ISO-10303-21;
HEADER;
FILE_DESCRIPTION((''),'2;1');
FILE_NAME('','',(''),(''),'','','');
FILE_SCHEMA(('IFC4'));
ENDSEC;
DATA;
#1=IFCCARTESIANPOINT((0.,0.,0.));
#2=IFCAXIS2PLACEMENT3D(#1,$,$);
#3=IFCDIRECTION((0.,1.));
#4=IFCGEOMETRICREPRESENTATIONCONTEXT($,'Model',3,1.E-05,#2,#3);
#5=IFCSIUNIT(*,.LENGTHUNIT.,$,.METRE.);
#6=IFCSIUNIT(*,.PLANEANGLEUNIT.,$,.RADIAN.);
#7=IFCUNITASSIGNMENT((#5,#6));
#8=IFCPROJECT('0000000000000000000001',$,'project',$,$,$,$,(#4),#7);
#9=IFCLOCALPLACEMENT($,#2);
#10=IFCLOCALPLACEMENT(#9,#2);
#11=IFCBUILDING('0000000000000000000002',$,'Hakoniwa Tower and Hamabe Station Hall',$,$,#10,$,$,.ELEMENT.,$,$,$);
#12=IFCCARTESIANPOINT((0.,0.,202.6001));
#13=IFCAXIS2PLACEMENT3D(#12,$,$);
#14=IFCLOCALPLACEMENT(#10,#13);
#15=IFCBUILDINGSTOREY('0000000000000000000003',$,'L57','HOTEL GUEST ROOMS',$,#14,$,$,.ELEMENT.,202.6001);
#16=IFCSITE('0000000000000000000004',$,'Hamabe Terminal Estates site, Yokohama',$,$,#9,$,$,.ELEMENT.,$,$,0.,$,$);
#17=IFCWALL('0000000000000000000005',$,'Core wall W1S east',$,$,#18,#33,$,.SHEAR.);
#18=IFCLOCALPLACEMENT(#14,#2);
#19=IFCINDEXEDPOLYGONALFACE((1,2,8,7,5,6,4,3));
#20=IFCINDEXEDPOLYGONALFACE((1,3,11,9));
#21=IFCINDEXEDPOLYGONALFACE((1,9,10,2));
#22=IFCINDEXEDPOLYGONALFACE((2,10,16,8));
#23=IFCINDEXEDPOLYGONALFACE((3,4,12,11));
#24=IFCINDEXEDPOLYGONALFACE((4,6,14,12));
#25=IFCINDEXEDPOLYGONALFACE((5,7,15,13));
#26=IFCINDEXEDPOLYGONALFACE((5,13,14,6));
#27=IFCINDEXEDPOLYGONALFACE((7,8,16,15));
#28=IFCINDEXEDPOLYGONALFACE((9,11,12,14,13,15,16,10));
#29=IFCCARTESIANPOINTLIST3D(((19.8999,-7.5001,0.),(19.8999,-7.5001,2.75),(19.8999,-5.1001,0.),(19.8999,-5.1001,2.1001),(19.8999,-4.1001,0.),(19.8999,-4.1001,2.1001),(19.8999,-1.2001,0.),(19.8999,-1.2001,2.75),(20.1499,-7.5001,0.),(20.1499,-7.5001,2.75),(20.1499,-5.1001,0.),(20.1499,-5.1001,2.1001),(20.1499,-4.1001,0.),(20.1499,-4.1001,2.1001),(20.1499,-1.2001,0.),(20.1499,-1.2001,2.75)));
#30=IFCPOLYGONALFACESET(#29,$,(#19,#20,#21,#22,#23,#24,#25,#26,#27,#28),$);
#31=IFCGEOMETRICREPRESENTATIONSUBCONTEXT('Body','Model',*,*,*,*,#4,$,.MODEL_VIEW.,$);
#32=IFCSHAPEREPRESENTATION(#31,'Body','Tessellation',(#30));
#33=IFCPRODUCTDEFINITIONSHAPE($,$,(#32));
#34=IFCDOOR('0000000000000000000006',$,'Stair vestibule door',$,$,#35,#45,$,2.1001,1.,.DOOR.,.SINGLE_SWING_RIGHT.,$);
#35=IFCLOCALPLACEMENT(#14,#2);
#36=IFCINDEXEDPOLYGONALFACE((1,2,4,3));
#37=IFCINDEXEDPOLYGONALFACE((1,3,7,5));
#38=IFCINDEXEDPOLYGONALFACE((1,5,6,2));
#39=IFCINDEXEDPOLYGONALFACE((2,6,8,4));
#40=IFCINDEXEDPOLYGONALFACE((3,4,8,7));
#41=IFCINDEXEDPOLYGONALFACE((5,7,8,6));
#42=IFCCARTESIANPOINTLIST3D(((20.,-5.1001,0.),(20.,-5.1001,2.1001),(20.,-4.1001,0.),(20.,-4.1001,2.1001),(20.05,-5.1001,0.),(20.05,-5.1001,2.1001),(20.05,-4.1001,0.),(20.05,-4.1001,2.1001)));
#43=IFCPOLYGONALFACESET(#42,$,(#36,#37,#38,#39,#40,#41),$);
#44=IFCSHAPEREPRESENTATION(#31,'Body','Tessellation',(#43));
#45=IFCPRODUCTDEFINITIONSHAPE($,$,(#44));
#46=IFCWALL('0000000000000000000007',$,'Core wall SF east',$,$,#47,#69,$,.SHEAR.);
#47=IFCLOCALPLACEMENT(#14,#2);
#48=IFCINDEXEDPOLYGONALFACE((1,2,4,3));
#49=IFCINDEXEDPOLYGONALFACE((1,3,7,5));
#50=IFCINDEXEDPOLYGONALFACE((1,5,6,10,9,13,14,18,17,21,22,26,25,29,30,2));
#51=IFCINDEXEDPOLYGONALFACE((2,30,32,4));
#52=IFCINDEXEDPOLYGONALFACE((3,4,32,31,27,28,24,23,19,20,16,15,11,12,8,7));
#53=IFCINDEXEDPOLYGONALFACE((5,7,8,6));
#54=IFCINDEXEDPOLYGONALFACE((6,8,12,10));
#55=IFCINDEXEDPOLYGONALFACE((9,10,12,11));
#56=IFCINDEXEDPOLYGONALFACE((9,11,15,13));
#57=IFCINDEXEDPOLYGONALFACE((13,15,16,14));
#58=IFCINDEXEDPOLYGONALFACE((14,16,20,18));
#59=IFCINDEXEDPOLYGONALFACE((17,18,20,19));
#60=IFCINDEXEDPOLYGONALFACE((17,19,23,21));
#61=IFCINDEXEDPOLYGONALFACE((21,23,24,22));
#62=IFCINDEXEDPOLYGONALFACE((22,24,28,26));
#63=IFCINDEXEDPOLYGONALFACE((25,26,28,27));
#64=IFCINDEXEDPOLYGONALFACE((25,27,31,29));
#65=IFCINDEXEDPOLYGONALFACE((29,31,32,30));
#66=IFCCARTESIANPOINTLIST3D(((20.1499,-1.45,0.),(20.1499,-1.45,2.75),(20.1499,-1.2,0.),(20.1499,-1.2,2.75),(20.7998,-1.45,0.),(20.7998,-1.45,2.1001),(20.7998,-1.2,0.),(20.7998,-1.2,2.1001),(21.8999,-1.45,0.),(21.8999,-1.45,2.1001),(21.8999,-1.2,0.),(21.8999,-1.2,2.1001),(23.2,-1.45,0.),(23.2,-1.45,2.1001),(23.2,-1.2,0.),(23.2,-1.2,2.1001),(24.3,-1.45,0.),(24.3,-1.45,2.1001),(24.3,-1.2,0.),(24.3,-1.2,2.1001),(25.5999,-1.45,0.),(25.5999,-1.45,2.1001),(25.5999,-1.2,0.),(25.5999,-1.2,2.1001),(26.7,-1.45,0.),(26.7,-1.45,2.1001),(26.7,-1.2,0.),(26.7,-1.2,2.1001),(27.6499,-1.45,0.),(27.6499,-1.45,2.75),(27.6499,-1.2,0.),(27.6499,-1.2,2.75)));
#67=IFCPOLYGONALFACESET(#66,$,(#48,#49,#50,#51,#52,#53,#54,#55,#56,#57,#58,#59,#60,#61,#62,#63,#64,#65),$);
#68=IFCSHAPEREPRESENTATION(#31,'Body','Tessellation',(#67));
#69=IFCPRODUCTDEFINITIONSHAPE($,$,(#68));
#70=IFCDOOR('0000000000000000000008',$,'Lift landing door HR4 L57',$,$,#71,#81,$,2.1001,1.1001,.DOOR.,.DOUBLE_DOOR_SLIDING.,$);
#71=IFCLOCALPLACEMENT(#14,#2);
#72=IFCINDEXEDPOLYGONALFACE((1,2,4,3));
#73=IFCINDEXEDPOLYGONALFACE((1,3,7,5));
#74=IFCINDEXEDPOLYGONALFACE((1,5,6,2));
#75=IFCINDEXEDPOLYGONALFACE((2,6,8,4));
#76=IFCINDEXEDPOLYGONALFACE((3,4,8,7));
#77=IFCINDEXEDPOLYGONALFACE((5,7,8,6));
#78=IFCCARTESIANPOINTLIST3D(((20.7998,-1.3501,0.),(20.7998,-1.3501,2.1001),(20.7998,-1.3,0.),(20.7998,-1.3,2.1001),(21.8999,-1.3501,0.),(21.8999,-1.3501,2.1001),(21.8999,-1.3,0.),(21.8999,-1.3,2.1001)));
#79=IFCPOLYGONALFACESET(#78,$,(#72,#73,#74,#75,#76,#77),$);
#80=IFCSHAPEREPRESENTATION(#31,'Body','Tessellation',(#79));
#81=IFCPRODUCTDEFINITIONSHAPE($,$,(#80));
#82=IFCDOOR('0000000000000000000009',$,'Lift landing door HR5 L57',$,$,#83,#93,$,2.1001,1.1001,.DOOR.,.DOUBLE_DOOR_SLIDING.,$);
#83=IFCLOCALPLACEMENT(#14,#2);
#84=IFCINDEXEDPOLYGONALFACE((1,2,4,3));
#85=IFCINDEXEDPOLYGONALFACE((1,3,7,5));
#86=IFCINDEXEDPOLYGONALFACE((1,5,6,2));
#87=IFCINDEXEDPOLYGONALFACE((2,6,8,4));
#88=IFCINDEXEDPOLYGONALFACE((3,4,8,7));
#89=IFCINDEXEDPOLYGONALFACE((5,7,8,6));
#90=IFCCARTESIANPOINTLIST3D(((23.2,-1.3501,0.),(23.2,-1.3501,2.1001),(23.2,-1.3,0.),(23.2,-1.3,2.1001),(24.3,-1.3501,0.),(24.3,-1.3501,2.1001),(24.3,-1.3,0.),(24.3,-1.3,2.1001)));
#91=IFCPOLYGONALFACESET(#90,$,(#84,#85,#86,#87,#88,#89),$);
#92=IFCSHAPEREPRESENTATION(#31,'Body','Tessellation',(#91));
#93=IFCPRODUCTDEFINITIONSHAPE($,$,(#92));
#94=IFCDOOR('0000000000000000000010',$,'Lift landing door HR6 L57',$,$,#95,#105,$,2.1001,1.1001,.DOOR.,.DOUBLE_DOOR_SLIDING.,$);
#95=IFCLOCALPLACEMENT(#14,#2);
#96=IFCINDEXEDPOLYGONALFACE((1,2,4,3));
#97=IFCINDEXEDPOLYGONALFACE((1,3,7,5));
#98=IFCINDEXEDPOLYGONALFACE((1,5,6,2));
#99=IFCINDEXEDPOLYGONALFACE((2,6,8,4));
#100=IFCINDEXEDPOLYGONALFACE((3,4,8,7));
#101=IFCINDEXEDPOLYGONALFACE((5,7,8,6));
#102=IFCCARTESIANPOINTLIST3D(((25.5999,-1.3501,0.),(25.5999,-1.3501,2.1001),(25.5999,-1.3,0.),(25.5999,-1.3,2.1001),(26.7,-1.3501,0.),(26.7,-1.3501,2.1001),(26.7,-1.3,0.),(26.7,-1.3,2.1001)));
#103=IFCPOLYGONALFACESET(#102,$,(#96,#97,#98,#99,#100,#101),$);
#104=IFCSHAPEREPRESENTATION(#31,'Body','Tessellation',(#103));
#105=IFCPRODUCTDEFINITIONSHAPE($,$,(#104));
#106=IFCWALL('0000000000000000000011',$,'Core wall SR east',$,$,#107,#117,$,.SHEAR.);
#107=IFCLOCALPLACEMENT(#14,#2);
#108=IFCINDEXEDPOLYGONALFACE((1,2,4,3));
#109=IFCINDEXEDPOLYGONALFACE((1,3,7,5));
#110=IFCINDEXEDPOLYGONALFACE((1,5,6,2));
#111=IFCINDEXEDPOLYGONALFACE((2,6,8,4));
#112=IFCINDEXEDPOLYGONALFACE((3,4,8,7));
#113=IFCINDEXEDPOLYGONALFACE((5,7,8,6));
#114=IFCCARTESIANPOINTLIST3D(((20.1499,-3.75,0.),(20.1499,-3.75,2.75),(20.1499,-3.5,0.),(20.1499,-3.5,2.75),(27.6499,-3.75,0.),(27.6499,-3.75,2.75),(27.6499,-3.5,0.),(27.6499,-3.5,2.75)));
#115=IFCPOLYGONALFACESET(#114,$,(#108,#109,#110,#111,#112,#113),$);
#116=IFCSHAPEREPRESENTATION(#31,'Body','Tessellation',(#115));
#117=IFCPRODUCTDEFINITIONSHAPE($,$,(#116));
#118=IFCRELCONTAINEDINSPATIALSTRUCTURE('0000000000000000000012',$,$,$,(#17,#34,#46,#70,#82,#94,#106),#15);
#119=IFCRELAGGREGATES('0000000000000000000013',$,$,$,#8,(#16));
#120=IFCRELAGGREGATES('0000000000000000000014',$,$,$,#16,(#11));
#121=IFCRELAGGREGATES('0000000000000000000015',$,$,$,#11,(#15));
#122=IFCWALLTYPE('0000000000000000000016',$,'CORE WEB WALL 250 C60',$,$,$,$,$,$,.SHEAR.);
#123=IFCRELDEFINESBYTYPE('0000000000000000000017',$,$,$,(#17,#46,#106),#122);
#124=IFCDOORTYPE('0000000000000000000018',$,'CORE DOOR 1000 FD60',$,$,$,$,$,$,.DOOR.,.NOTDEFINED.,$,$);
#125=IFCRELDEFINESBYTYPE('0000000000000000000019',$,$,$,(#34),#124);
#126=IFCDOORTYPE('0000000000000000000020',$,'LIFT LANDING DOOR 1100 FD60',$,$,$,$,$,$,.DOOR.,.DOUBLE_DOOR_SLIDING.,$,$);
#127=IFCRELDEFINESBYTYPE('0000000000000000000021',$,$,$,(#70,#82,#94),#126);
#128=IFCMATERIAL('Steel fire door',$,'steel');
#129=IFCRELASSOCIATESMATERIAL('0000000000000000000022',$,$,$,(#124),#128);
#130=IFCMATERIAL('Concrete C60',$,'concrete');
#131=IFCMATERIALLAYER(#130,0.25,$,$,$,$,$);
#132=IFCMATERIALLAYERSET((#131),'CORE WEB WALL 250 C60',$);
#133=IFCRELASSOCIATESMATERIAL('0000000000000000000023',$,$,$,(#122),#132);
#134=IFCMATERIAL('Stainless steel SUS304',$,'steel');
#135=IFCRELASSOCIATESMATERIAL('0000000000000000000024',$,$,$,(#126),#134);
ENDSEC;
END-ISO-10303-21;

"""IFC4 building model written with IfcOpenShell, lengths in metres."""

from ifc_helpers import new_model, si_unit, direction, frame, frame_2d, origin, place, context, subcontext, project, spatial, rectangle, extrude, material, layer, layer_set, type_object, element, fill, save


model = new_model("IFC4")

# Units and contexts
model_context = context("Model", 3, precision=1e-05, world=origin(), true_north=direction((0.0, 1.0)))
body_context = subcontext(model_context, "Body", "Model", "MODEL_VIEW")
ifc_project = project(units=[si_unit("LENGTHUNIT", "METRE"), si_unit("PLANEANGLEUNIT", "RADIAN")], contexts=[model_context])

# Site, building, storey
site_placement = place(None, origin())
site = spatial("IfcSite", under=ifc_project, at=site_placement, Name="Hamabe Terminal Estates site, Yokohama", CompositionType="ELEMENT", RefElevation=0.0)
building_placement = place(site_placement, origin())
building = spatial("IfcBuilding", under=site, at=building_placement, Name="Hakoniwa Tower and Hamabe Station Hall", CompositionType="ELEMENT")
storey_placement = place(building_placement, frame((0.0, 0.0, 202.6001)))
storey = spatial("IfcBuildingStorey", under=building, at=storey_placement, Name="L57", Description="HOTEL GUEST ROOMS", CompositionType="ELEMENT", Elevation=202.6001)

# Wall, opening, door
ifc_material_1 = material(Name="Steel fire door", Category="steel")
door_type_1 = type_object("IfcDoorType", Name="CORE DOOR 1000 FD60", OperationType="NOTDEFINED", PredefinedType="DOOR", material=ifc_material_1)
ifc_material_2 = material(Name="Concrete C60", Category="concrete")
ifc_layer_1 = layer(ifc_material_2, 0.25)
ifc_layer_set_1 = layer_set([ifc_layer_1], Name="CORE WEB WALL 250 C60")
wall_type_1 = type_object("IfcWallType", Name="CORE WEB WALL 250 C60", PredefinedType="SHEAR", material=ifc_layer_set_1)
wall_1_placement = place(storey_placement, frame((20.0249, -7.5, 0.0), z_axis=(0.0, 0.0, 1.0), x_axis=(0.0, 1.0, 0.0)))
wall_1 = element("IfcWall", 1, at=wall_1_placement, inside=storey, type_object=wall_type_1, Name="Core wall W1S east", PredefinedType="SHEAR", context=body_context, shape_type="SweptSolid", body=[
    extrude(rectangle(XDim=6.3, YDim=0.25, at=frame_2d((3.1499, 0.0))), origin(), (0.0, 0.0, 1.0), 2.75),
])
opening_1_placement = place(wall_1_placement, frame((2.3999, 0.0, 0.0)))
opening_1 = element("IfcOpeningElement", 2, at=opening_1_placement, cuts=wall_1, PredefinedType="OPENING", context=body_context, shape_type="SweptSolid", body=[
    extrude(rectangle(XDim=1.0, YDim=2.1001, at=frame_2d((0.5, 1.05))), frame((0.0, 0.135, 0.0), z_axis=(0.0, -1.0, 0.0), x_axis=(1.0, 0.0, 0.0)), (0.0, 0.0, 1.0), 0.27),
])
door_1_placement = place(opening_1_placement, origin())
door_1 = element("IfcDoor", 3, at=door_1_placement, inside=storey, type_object=door_type_1, Name="Stair vestibule door", OperationType="SINGLE_SWING_RIGHT", OverallHeight=2.1001, OverallWidth=1.0, PredefinedType="DOOR", context=body_context, shape_type="SweptSolid", body=[
    extrude(rectangle(XDim=1.0, YDim=2.1001, at=frame_2d((0.5, 1.05))), frame((0.0, 0.0249, 0.0), z_axis=(0.0, -1.0, 0.0), x_axis=(1.0, 0.0, 0.0)), (0.0, 0.0, 1.0), 0.05),
])
fill(opening_1, door_1)

# Wall, openings, doors
wall_2_placement = place(storey_placement, frame((20.1499, -1.325, 0.0), z_axis=(0.0, 0.0, 1.0), x_axis=(1.0, 0.0, 0.0)))
wall_2 = element("IfcWall", 4, at=wall_2_placement, inside=storey, type_object=wall_type_1, Name="Core wall SF east", PredefinedType="SHEAR", context=body_context, shape_type="SweptSolid", body=[
    extrude(rectangle(XDim=7.5, YDim=0.25, at=frame_2d((3.75, 0.0))), origin(), (0.0, 0.0, 1.0), 2.75),
])
opening_2_placement = place(wall_2_placement, frame((0.6499, 0.0, 0.0)))
opening_2 = element("IfcOpeningElement", 5, at=opening_2_placement, cuts=wall_2, PredefinedType="OPENING", context=body_context, shape_type="SweptSolid", body=[
    extrude(rectangle(XDim=1.1001, YDim=2.1001, at=frame_2d((0.55, 1.05))), frame((0.0, 0.135, 0.0), z_axis=(0.0, -1.0, 0.0), x_axis=(1.0, 0.0, 0.0)), (0.0, 0.0, 1.0), 0.27),
])
opening_3_placement = place(wall_2_placement, frame((3.05, 0.0, 0.0)))
opening_3 = element("IfcOpeningElement", 6, at=opening_3_placement, cuts=wall_2, PredefinedType="OPENING", context=body_context, shape_type="SweptSolid", body=[
    extrude(rectangle(XDim=1.1001, YDim=2.1001, at=frame_2d((0.55, 1.05))), frame((0.0, 0.135, 0.0), z_axis=(0.0, -1.0, 0.0), x_axis=(1.0, 0.0, 0.0)), (0.0, 0.0, 1.0), 0.27),
])
opening_4_placement = place(wall_2_placement, frame((5.45, 0.0, 0.0)))
opening_4 = element("IfcOpeningElement", 7, at=opening_4_placement, cuts=wall_2, PredefinedType="OPENING", context=body_context, shape_type="SweptSolid", body=[
    extrude(rectangle(XDim=1.1001, YDim=2.1001, at=frame_2d((0.55, 1.05))), frame((0.0, 0.135, 0.0), z_axis=(0.0, -1.0, 0.0), x_axis=(1.0, 0.0, 0.0)), (0.0, 0.0, 1.0), 0.27),
])
ifc_material_3 = material(Name="Stainless steel SUS304", Category="steel")
door_type_2 = type_object("IfcDoorType", Name="LIFT LANDING DOOR 1100 FD60", OperationType="DOUBLE_DOOR_SLIDING", PredefinedType="DOOR", material=ifc_material_3)
door_2_placement = place(opening_2_placement, origin())
door_2 = element("IfcDoor", 8, at=door_2_placement, inside=storey, type_object=door_type_2, Name="Lift landing door HR4 L57", OperationType="DOUBLE_DOOR_SLIDING", OverallHeight=2.1001, OverallWidth=1.1001, PredefinedType="DOOR", context=body_context, shape_type="SweptSolid", body=[
    extrude(rectangle(XDim=1.1001, YDim=2.1001, at=frame_2d((0.55, 1.05))), frame((0.0, 0.0249, 0.0), z_axis=(0.0, -1.0, 0.0), x_axis=(1.0, 0.0, 0.0)), (0.0, 0.0, 1.0), 0.05),
])
fill(opening_2, door_2)
door_3_placement = place(opening_3_placement, origin())
door_3 = element("IfcDoor", 9, at=door_3_placement, inside=storey, type_object=door_type_2, Name="Lift landing door HR5 L57", OperationType="DOUBLE_DOOR_SLIDING", OverallHeight=2.1001, OverallWidth=1.1001, PredefinedType="DOOR", context=body_context, shape_type="SweptSolid", body=[
    extrude(rectangle(XDim=1.1001, YDim=2.1001, at=frame_2d((0.55, 1.05))), frame((0.0, 0.0249, 0.0), z_axis=(0.0, -1.0, 0.0), x_axis=(1.0, 0.0, 0.0)), (0.0, 0.0, 1.0), 0.05),
])
fill(opening_3, door_3)
door_4_placement = place(opening_4_placement, origin())
door_4 = element("IfcDoor", 10, at=door_4_placement, inside=storey, type_object=door_type_2, Name="Lift landing door HR6 L57", OperationType="DOUBLE_DOOR_SLIDING", OverallHeight=2.1001, OverallWidth=1.1001, PredefinedType="DOOR", context=body_context, shape_type="SweptSolid", body=[
    extrude(rectangle(XDim=1.1001, YDim=2.1001, at=frame_2d((0.55, 1.05))), frame((0.0, 0.0249, 0.0), z_axis=(0.0, -1.0, 0.0), x_axis=(1.0, 0.0, 0.0)), (0.0, 0.0, 1.0), 0.05),
])
fill(opening_4, door_4)

# Wall
wall_3_placement = place(storey_placement, frame((20.1499, -3.625, 0.0), z_axis=(0.0, 0.0, 1.0), x_axis=(1.0, 0.0, 0.0)))
element("IfcWall", 11, at=wall_3_placement, inside=storey, type_object=wall_type_1, Name="Core wall SR east", PredefinedType="SHEAR", context=body_context, shape_type="SweptSolid", body=[
    extrude(rectangle(XDim=7.5, YDim=0.25, at=frame_2d((3.75, 0.0))), origin(), (0.0, 0.0, 1.0), 2.75),
])

save(model, "model.ifc")
